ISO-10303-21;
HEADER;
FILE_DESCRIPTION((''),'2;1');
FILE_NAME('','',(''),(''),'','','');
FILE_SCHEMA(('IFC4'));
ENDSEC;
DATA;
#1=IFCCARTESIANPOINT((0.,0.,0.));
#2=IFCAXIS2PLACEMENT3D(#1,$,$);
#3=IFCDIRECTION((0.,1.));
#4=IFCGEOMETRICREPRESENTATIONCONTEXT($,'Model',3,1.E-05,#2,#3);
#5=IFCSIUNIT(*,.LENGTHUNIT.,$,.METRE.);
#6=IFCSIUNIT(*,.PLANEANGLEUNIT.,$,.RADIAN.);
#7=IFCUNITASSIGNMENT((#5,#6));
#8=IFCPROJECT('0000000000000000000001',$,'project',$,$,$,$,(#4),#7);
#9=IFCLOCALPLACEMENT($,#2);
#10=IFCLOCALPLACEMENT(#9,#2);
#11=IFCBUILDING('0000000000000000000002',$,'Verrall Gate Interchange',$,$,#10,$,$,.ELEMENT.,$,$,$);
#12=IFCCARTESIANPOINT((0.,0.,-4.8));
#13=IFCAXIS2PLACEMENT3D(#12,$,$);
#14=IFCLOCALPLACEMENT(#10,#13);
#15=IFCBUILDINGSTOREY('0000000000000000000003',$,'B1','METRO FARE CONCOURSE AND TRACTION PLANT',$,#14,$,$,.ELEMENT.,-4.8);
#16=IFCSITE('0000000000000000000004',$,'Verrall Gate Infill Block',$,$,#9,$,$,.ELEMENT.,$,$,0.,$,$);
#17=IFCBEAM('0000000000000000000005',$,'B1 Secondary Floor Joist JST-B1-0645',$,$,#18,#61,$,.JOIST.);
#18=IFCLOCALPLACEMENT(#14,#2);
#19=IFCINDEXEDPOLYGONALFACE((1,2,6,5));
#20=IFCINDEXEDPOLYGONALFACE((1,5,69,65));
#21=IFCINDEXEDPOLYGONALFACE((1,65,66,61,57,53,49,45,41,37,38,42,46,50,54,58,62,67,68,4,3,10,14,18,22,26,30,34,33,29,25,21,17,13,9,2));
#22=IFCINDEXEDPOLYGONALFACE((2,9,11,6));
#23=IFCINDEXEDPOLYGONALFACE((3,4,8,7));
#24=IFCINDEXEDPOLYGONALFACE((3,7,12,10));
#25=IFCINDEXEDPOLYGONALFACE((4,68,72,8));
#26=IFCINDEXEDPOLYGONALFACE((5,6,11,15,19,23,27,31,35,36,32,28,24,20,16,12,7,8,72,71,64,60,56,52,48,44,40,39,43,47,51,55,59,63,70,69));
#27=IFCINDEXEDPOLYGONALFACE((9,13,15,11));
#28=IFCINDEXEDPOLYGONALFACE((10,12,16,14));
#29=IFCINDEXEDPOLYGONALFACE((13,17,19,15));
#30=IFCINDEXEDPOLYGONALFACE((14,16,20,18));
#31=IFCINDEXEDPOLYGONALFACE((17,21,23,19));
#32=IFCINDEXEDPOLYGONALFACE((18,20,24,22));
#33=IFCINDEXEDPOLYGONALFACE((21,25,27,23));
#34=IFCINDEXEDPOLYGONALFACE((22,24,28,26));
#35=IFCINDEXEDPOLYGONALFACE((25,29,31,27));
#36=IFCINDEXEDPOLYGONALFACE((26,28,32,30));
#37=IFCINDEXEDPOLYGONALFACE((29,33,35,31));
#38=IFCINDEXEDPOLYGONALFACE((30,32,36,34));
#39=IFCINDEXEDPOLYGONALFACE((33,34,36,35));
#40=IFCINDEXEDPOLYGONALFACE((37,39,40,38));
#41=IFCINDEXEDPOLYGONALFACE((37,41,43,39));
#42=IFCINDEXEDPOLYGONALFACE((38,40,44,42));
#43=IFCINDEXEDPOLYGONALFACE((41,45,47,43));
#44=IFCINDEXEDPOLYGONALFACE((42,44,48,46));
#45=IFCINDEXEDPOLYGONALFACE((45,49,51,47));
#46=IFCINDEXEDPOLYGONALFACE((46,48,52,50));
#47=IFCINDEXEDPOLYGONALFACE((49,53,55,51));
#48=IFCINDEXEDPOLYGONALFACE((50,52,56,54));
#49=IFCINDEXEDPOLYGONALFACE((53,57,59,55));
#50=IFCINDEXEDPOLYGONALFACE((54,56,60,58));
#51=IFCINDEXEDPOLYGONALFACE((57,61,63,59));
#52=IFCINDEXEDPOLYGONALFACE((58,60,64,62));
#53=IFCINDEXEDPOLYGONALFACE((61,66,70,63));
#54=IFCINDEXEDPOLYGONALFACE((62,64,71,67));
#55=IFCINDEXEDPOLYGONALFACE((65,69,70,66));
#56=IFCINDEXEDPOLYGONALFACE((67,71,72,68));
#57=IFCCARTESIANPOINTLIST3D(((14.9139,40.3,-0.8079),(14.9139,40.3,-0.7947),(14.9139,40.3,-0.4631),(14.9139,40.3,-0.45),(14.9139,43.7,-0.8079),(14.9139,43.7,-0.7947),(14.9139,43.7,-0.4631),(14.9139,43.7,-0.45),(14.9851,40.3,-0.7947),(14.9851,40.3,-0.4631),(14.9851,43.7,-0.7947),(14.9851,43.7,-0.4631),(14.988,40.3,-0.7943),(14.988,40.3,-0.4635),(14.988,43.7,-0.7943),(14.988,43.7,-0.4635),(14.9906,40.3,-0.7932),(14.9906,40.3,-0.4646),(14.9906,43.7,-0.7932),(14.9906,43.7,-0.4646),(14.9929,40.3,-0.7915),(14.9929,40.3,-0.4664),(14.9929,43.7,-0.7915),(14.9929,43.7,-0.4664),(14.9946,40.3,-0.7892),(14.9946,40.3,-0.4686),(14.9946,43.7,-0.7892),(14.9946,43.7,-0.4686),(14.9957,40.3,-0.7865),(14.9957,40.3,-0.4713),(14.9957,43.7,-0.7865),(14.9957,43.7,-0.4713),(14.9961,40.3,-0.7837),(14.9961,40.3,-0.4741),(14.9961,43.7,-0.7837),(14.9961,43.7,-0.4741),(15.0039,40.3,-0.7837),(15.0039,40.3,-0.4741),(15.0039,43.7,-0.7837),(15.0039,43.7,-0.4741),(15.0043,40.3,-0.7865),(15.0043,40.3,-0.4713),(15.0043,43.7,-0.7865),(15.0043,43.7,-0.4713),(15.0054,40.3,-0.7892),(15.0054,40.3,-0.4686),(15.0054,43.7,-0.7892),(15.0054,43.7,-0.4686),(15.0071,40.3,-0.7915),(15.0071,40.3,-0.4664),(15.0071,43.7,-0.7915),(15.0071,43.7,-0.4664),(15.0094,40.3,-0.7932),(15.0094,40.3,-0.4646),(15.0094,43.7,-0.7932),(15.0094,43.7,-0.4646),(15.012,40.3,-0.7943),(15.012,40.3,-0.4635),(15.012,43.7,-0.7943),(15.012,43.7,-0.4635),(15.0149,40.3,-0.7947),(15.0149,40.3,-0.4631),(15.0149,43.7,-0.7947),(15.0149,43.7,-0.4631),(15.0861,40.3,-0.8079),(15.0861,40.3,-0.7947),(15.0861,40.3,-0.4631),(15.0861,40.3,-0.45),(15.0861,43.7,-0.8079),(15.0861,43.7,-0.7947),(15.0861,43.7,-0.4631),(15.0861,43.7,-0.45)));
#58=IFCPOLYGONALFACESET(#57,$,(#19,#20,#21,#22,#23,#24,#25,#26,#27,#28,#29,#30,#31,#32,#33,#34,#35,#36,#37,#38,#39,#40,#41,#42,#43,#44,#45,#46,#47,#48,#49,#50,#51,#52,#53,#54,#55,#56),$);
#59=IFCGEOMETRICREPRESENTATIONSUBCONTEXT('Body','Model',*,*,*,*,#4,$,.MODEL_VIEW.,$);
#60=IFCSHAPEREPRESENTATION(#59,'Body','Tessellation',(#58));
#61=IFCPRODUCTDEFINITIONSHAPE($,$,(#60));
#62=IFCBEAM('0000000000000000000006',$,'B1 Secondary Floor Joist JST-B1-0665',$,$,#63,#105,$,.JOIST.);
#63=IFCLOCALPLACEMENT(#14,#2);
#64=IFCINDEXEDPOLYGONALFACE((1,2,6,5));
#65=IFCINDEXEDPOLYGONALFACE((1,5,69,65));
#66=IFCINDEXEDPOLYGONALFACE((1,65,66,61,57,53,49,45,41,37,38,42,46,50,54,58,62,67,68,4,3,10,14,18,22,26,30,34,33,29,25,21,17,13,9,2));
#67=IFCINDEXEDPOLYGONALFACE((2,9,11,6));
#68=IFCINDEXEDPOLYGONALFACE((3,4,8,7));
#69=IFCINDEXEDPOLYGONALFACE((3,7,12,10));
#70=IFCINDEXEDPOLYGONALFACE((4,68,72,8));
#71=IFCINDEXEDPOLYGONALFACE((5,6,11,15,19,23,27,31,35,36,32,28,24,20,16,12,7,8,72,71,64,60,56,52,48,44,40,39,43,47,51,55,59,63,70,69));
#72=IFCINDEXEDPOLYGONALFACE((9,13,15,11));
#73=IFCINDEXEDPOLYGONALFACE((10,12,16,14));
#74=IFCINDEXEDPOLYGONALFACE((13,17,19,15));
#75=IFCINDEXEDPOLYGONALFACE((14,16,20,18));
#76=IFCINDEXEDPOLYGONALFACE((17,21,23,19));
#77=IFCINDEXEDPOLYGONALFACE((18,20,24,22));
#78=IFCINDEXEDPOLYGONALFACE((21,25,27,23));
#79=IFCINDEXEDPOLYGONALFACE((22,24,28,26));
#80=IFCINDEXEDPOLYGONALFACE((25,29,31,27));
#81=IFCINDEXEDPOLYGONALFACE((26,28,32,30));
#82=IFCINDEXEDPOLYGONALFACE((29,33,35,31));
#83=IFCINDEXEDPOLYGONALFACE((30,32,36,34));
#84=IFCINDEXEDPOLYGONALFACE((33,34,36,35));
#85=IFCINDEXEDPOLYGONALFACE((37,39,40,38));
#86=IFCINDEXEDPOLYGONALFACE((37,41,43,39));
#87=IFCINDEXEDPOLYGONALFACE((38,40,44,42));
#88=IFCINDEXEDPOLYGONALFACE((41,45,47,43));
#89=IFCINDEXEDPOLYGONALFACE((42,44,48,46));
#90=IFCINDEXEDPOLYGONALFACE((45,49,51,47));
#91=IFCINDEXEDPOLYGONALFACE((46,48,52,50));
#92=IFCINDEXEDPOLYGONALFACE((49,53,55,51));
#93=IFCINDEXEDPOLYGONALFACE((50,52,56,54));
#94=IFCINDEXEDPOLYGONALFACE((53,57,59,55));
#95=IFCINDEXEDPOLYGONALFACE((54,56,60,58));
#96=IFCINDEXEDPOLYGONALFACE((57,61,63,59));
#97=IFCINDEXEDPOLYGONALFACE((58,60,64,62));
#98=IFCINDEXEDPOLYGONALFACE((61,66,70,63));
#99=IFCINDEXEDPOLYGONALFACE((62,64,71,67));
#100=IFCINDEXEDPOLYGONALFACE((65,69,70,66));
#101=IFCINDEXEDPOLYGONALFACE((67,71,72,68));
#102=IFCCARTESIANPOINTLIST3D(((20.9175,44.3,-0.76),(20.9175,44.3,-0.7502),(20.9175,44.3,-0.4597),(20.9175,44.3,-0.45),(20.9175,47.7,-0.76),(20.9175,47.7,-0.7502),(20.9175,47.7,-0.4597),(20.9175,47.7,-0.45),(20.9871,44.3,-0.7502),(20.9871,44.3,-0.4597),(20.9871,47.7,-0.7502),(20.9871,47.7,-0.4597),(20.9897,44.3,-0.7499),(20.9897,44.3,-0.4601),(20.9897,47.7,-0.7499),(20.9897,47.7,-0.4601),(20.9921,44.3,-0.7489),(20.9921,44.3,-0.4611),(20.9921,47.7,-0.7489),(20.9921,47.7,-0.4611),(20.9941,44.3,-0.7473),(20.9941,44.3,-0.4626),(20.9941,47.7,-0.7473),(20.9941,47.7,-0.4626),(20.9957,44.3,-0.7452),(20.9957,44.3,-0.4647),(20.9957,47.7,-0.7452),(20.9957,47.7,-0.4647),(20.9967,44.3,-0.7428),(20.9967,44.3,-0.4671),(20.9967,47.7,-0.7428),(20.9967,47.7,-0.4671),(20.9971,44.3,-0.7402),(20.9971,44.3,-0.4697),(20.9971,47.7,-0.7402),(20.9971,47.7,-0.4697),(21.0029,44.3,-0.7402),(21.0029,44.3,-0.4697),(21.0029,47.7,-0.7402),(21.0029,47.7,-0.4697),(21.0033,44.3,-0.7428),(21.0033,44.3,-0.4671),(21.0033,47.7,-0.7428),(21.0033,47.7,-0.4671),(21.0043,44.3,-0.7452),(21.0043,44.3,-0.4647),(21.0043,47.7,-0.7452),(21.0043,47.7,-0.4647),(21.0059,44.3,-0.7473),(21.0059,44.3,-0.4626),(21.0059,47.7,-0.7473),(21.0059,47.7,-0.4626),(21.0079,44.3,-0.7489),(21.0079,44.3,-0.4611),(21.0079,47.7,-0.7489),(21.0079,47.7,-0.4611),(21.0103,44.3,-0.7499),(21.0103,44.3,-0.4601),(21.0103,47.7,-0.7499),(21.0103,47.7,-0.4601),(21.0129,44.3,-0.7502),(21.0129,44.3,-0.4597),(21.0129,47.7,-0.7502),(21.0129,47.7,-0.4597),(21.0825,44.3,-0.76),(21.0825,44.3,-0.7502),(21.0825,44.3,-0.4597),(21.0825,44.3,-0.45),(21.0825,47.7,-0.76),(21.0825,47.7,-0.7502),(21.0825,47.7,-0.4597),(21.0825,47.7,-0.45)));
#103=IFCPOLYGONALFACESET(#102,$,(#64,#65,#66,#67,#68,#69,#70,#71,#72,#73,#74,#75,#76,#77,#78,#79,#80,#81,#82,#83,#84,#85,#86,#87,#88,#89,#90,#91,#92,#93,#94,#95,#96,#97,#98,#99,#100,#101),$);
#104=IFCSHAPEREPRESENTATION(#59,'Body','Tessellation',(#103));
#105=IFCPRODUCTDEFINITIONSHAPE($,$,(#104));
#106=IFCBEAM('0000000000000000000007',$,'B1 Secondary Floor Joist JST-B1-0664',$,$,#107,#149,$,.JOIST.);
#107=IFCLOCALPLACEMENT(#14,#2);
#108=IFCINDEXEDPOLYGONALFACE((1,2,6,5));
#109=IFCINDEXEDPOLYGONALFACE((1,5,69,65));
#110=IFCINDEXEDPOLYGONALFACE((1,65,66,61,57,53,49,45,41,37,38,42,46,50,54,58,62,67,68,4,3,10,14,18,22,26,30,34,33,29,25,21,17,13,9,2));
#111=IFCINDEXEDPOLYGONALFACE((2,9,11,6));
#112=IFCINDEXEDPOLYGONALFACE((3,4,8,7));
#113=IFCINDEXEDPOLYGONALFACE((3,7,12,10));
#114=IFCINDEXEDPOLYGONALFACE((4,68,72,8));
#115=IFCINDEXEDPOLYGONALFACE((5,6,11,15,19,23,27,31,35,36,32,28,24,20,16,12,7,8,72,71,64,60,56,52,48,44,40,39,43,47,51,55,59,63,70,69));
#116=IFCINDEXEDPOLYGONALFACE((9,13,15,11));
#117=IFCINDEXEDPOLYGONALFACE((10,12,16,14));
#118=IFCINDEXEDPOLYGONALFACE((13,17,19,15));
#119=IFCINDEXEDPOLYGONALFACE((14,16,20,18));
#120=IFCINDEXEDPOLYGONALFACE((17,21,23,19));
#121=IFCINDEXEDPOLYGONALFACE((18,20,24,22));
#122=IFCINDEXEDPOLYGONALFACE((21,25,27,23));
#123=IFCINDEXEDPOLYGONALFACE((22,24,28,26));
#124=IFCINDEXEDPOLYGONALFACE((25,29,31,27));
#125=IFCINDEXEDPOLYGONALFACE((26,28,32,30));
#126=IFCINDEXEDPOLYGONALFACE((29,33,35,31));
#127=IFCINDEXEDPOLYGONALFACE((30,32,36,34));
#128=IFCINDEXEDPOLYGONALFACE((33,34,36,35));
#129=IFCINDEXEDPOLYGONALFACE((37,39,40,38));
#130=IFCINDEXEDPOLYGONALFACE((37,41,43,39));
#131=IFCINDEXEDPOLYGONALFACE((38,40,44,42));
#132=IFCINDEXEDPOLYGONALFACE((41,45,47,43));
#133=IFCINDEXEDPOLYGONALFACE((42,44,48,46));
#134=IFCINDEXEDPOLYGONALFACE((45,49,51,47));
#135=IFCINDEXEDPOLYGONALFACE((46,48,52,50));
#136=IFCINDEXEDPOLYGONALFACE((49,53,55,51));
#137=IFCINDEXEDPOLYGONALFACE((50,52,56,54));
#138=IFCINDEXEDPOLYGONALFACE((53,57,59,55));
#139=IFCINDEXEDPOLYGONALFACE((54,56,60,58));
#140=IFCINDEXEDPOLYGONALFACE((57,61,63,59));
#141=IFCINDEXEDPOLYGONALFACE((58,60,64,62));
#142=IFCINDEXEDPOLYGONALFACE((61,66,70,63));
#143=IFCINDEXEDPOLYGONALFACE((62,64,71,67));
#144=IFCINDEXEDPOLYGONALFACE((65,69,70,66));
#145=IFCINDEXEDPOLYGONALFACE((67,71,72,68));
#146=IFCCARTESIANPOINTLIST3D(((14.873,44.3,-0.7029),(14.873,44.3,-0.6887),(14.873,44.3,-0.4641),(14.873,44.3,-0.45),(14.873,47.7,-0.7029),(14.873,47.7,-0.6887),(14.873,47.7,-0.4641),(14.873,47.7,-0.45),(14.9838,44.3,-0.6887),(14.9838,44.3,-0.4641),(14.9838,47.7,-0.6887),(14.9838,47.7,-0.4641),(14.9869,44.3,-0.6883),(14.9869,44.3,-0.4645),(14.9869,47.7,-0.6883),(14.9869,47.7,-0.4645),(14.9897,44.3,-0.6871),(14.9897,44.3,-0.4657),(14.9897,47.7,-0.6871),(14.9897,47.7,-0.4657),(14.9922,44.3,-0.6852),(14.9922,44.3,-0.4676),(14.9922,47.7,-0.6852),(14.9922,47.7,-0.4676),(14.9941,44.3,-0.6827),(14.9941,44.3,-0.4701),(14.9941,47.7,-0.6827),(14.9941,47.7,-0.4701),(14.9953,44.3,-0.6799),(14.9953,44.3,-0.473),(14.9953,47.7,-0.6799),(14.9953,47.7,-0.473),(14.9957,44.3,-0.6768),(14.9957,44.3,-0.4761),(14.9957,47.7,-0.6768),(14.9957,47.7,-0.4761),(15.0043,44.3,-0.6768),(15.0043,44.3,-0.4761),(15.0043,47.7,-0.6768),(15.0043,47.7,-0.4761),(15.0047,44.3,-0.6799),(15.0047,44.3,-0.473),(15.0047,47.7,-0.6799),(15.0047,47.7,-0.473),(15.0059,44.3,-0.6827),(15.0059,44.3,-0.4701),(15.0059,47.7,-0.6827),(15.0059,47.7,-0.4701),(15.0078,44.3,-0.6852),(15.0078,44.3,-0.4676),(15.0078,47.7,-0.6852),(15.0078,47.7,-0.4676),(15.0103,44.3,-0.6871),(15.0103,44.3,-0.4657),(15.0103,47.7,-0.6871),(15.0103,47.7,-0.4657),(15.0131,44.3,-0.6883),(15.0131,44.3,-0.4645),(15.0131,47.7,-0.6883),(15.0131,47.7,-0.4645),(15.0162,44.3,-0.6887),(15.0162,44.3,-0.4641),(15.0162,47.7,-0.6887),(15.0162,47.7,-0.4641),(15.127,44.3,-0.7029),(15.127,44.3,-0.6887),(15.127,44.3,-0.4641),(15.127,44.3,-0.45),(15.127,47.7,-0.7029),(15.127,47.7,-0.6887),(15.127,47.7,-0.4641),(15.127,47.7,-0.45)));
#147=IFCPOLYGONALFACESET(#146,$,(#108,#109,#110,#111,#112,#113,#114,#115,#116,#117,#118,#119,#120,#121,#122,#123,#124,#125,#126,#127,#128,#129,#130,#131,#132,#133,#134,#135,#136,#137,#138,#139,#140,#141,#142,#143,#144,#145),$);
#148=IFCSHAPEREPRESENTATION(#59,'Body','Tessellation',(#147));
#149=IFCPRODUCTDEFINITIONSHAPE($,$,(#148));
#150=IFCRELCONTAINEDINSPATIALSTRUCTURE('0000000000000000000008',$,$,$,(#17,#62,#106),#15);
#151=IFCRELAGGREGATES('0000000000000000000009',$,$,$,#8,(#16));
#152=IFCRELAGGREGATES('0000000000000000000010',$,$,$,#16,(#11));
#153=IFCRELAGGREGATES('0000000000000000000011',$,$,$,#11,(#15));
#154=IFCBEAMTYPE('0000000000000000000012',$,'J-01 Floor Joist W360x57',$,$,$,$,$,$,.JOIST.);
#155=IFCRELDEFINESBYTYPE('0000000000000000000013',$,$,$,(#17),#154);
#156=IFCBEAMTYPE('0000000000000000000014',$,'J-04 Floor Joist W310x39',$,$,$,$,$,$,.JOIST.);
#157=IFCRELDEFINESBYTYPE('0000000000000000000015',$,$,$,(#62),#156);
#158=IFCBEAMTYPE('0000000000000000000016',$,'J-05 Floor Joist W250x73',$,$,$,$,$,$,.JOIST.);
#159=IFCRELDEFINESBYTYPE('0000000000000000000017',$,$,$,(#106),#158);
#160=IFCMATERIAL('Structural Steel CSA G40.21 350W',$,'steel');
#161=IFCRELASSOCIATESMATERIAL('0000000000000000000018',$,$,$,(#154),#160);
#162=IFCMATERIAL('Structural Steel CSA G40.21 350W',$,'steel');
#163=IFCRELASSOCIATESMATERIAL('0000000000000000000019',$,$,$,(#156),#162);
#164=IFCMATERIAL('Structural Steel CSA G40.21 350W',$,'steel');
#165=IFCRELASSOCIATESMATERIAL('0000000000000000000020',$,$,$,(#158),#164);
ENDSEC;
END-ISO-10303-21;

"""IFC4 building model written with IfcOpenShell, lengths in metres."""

from ifc_helpers import new_model, si_unit, direction, frame, origin, origin_2d, place, context, subcontext, project, spatial, i_section, extrude, material, material_profile, profile_set, type_object, element, save


model = new_model("IFC4")

# Units and contexts
model_context = context("Model", 3, precision=1e-05, world=origin(), true_north=direction((0.0, 1.0)))
body_context = subcontext(model_context, "Body", "Model", "MODEL_VIEW")
ifc_project = project(units=[si_unit("LENGTHUNIT", "METRE"), si_unit("PLANEANGLEUNIT", "RADIAN")], contexts=[model_context])

# Site, building, storey
site_placement = place(None, origin())
site = spatial("IfcSite", under=ifc_project, at=site_placement, Name="Verrall Gate Infill Block", CompositionType="ELEMENT", RefElevation=0.0)
building_placement = place(site_placement, origin())
building = spatial("IfcBuilding", under=site, at=building_placement, Name="Verrall Gate Interchange", CompositionType="ELEMENT")
storey_placement = place(building_placement, frame((0.0, 0.0, -4.8)))
storey = spatial("IfcBuildingStorey", under=building, at=storey_placement, Name="B1", Description="METRO FARE CONCOURSE AND TRACTION PLANT", CompositionType="ELEMENT", Elevation=-4.8)

# Beams
ifc_material_1 = material(Name="Structural Steel CSA G40.21 350W", Category="steel")
ifc_material_profile_1 = material_profile(ifc_material_1, i_section(OverallWidth=0.1721, OverallDepth=0.3579, WebThickness=0.0078, FlangeThickness=0.0132, FilletRadius=0.011, at=origin_2d()), Name="W360x57")
ifc_profile_set_1 = profile_set([ifc_material_profile_1], Name="Structural Steel CSA G40.21 350W")
beam_type_1 = type_object("IfcBeamType", Name="J-01 Floor Joist W360x57", PredefinedType="JOIST", material=ifc_profile_set_1)
beam_1_placement = place(storey_placement, frame((15.0, 40.3, -0.6289), z_axis=(0.0, 1.0, 0.0), x_axis=(-1.0, 0.0, 0.0)))
element("IfcBeam", 1, at=beam_1_placement, inside=storey, type_object=beam_type_1, Name="B1 Secondary Floor Joist JST-B1-0645", PredefinedType="JOIST", context=body_context, shape_type="SweptSolid", body=[
    extrude(i_section(OverallWidth=0.1721, OverallDepth=0.3579, WebThickness=0.0078, FlangeThickness=0.0132, FilletRadius=0.011, at=origin_2d()), origin(), (0.0, 0.0, 1.0), 3.3999),
])
ifc_material_2 = material(Name="Structural Steel CSA G40.21 350W", Category="steel")
ifc_material_profile_2 = material_profile(ifc_material_2, i_section(OverallWidth=0.165, OverallDepth=0.3101, WebThickness=0.0059, FlangeThickness=0.0098, FilletRadius=0.01, at=origin_2d()), Name="W310x39")
ifc_profile_set_2 = profile_set([ifc_material_profile_2], Name="Structural Steel CSA G40.21 350W")
beam_type_2 = type_object("IfcBeamType", Name="J-04 Floor Joist W310x39", PredefinedType="JOIST", material=ifc_profile_set_2)
beam_2_placement = place(storey_placement, frame((21.0, 44.3, -0.605), z_axis=(0.0, 1.0, 0.0), x_axis=(-1.0, 0.0, 0.0)))
element("IfcBeam", 2, at=beam_2_placement, inside=storey, type_object=beam_type_2, Name="B1 Secondary Floor Joist JST-B1-0665", PredefinedType="JOIST", context=body_context, shape_type="SweptSolid", body=[
    extrude(i_section(OverallWidth=0.165, OverallDepth=0.3101, WebThickness=0.0059, FlangeThickness=0.0098, FilletRadius=0.01, at=origin_2d()), origin(), (0.0, 0.0, 1.0), 3.3999),
])
ifc_material_3 = material(Name="Structural Steel CSA G40.21 350W", Category="steel")
ifc_material_profile_3 = material_profile(ifc_material_3, i_section(OverallWidth=0.2539, OverallDepth=0.2529, WebThickness=0.0085, FlangeThickness=0.0142, FilletRadius=0.012, at=origin_2d()), Name="W250x73")
ifc_profile_set_3 = profile_set([ifc_material_profile_3], Name="Structural Steel CSA G40.21 350W")
beam_type_3 = type_object("IfcBeamType", Name="J-05 Floor Joist W250x73", PredefinedType="JOIST", material=ifc_profile_set_3)
beam_3_placement = place(storey_placement, frame((15.0, 44.3, -0.5764), z_axis=(0.0, 1.0, 0.0), x_axis=(-1.0, 0.0, 0.0)))
element("IfcBeam", 3, at=beam_3_placement, inside=storey, type_object=beam_type_3, Name="B1 Secondary Floor Joist JST-B1-0664", PredefinedType="JOIST", context=body_context, shape_type="SweptSolid", body=[
    extrude(i_section(OverallWidth=0.2539, OverallDepth=0.2529, WebThickness=0.0085, FlangeThickness=0.0142, FilletRadius=0.012, at=origin_2d()), origin(), (0.0, 0.0, 1.0), 3.3999),
])

save(model, "model.ifc")
